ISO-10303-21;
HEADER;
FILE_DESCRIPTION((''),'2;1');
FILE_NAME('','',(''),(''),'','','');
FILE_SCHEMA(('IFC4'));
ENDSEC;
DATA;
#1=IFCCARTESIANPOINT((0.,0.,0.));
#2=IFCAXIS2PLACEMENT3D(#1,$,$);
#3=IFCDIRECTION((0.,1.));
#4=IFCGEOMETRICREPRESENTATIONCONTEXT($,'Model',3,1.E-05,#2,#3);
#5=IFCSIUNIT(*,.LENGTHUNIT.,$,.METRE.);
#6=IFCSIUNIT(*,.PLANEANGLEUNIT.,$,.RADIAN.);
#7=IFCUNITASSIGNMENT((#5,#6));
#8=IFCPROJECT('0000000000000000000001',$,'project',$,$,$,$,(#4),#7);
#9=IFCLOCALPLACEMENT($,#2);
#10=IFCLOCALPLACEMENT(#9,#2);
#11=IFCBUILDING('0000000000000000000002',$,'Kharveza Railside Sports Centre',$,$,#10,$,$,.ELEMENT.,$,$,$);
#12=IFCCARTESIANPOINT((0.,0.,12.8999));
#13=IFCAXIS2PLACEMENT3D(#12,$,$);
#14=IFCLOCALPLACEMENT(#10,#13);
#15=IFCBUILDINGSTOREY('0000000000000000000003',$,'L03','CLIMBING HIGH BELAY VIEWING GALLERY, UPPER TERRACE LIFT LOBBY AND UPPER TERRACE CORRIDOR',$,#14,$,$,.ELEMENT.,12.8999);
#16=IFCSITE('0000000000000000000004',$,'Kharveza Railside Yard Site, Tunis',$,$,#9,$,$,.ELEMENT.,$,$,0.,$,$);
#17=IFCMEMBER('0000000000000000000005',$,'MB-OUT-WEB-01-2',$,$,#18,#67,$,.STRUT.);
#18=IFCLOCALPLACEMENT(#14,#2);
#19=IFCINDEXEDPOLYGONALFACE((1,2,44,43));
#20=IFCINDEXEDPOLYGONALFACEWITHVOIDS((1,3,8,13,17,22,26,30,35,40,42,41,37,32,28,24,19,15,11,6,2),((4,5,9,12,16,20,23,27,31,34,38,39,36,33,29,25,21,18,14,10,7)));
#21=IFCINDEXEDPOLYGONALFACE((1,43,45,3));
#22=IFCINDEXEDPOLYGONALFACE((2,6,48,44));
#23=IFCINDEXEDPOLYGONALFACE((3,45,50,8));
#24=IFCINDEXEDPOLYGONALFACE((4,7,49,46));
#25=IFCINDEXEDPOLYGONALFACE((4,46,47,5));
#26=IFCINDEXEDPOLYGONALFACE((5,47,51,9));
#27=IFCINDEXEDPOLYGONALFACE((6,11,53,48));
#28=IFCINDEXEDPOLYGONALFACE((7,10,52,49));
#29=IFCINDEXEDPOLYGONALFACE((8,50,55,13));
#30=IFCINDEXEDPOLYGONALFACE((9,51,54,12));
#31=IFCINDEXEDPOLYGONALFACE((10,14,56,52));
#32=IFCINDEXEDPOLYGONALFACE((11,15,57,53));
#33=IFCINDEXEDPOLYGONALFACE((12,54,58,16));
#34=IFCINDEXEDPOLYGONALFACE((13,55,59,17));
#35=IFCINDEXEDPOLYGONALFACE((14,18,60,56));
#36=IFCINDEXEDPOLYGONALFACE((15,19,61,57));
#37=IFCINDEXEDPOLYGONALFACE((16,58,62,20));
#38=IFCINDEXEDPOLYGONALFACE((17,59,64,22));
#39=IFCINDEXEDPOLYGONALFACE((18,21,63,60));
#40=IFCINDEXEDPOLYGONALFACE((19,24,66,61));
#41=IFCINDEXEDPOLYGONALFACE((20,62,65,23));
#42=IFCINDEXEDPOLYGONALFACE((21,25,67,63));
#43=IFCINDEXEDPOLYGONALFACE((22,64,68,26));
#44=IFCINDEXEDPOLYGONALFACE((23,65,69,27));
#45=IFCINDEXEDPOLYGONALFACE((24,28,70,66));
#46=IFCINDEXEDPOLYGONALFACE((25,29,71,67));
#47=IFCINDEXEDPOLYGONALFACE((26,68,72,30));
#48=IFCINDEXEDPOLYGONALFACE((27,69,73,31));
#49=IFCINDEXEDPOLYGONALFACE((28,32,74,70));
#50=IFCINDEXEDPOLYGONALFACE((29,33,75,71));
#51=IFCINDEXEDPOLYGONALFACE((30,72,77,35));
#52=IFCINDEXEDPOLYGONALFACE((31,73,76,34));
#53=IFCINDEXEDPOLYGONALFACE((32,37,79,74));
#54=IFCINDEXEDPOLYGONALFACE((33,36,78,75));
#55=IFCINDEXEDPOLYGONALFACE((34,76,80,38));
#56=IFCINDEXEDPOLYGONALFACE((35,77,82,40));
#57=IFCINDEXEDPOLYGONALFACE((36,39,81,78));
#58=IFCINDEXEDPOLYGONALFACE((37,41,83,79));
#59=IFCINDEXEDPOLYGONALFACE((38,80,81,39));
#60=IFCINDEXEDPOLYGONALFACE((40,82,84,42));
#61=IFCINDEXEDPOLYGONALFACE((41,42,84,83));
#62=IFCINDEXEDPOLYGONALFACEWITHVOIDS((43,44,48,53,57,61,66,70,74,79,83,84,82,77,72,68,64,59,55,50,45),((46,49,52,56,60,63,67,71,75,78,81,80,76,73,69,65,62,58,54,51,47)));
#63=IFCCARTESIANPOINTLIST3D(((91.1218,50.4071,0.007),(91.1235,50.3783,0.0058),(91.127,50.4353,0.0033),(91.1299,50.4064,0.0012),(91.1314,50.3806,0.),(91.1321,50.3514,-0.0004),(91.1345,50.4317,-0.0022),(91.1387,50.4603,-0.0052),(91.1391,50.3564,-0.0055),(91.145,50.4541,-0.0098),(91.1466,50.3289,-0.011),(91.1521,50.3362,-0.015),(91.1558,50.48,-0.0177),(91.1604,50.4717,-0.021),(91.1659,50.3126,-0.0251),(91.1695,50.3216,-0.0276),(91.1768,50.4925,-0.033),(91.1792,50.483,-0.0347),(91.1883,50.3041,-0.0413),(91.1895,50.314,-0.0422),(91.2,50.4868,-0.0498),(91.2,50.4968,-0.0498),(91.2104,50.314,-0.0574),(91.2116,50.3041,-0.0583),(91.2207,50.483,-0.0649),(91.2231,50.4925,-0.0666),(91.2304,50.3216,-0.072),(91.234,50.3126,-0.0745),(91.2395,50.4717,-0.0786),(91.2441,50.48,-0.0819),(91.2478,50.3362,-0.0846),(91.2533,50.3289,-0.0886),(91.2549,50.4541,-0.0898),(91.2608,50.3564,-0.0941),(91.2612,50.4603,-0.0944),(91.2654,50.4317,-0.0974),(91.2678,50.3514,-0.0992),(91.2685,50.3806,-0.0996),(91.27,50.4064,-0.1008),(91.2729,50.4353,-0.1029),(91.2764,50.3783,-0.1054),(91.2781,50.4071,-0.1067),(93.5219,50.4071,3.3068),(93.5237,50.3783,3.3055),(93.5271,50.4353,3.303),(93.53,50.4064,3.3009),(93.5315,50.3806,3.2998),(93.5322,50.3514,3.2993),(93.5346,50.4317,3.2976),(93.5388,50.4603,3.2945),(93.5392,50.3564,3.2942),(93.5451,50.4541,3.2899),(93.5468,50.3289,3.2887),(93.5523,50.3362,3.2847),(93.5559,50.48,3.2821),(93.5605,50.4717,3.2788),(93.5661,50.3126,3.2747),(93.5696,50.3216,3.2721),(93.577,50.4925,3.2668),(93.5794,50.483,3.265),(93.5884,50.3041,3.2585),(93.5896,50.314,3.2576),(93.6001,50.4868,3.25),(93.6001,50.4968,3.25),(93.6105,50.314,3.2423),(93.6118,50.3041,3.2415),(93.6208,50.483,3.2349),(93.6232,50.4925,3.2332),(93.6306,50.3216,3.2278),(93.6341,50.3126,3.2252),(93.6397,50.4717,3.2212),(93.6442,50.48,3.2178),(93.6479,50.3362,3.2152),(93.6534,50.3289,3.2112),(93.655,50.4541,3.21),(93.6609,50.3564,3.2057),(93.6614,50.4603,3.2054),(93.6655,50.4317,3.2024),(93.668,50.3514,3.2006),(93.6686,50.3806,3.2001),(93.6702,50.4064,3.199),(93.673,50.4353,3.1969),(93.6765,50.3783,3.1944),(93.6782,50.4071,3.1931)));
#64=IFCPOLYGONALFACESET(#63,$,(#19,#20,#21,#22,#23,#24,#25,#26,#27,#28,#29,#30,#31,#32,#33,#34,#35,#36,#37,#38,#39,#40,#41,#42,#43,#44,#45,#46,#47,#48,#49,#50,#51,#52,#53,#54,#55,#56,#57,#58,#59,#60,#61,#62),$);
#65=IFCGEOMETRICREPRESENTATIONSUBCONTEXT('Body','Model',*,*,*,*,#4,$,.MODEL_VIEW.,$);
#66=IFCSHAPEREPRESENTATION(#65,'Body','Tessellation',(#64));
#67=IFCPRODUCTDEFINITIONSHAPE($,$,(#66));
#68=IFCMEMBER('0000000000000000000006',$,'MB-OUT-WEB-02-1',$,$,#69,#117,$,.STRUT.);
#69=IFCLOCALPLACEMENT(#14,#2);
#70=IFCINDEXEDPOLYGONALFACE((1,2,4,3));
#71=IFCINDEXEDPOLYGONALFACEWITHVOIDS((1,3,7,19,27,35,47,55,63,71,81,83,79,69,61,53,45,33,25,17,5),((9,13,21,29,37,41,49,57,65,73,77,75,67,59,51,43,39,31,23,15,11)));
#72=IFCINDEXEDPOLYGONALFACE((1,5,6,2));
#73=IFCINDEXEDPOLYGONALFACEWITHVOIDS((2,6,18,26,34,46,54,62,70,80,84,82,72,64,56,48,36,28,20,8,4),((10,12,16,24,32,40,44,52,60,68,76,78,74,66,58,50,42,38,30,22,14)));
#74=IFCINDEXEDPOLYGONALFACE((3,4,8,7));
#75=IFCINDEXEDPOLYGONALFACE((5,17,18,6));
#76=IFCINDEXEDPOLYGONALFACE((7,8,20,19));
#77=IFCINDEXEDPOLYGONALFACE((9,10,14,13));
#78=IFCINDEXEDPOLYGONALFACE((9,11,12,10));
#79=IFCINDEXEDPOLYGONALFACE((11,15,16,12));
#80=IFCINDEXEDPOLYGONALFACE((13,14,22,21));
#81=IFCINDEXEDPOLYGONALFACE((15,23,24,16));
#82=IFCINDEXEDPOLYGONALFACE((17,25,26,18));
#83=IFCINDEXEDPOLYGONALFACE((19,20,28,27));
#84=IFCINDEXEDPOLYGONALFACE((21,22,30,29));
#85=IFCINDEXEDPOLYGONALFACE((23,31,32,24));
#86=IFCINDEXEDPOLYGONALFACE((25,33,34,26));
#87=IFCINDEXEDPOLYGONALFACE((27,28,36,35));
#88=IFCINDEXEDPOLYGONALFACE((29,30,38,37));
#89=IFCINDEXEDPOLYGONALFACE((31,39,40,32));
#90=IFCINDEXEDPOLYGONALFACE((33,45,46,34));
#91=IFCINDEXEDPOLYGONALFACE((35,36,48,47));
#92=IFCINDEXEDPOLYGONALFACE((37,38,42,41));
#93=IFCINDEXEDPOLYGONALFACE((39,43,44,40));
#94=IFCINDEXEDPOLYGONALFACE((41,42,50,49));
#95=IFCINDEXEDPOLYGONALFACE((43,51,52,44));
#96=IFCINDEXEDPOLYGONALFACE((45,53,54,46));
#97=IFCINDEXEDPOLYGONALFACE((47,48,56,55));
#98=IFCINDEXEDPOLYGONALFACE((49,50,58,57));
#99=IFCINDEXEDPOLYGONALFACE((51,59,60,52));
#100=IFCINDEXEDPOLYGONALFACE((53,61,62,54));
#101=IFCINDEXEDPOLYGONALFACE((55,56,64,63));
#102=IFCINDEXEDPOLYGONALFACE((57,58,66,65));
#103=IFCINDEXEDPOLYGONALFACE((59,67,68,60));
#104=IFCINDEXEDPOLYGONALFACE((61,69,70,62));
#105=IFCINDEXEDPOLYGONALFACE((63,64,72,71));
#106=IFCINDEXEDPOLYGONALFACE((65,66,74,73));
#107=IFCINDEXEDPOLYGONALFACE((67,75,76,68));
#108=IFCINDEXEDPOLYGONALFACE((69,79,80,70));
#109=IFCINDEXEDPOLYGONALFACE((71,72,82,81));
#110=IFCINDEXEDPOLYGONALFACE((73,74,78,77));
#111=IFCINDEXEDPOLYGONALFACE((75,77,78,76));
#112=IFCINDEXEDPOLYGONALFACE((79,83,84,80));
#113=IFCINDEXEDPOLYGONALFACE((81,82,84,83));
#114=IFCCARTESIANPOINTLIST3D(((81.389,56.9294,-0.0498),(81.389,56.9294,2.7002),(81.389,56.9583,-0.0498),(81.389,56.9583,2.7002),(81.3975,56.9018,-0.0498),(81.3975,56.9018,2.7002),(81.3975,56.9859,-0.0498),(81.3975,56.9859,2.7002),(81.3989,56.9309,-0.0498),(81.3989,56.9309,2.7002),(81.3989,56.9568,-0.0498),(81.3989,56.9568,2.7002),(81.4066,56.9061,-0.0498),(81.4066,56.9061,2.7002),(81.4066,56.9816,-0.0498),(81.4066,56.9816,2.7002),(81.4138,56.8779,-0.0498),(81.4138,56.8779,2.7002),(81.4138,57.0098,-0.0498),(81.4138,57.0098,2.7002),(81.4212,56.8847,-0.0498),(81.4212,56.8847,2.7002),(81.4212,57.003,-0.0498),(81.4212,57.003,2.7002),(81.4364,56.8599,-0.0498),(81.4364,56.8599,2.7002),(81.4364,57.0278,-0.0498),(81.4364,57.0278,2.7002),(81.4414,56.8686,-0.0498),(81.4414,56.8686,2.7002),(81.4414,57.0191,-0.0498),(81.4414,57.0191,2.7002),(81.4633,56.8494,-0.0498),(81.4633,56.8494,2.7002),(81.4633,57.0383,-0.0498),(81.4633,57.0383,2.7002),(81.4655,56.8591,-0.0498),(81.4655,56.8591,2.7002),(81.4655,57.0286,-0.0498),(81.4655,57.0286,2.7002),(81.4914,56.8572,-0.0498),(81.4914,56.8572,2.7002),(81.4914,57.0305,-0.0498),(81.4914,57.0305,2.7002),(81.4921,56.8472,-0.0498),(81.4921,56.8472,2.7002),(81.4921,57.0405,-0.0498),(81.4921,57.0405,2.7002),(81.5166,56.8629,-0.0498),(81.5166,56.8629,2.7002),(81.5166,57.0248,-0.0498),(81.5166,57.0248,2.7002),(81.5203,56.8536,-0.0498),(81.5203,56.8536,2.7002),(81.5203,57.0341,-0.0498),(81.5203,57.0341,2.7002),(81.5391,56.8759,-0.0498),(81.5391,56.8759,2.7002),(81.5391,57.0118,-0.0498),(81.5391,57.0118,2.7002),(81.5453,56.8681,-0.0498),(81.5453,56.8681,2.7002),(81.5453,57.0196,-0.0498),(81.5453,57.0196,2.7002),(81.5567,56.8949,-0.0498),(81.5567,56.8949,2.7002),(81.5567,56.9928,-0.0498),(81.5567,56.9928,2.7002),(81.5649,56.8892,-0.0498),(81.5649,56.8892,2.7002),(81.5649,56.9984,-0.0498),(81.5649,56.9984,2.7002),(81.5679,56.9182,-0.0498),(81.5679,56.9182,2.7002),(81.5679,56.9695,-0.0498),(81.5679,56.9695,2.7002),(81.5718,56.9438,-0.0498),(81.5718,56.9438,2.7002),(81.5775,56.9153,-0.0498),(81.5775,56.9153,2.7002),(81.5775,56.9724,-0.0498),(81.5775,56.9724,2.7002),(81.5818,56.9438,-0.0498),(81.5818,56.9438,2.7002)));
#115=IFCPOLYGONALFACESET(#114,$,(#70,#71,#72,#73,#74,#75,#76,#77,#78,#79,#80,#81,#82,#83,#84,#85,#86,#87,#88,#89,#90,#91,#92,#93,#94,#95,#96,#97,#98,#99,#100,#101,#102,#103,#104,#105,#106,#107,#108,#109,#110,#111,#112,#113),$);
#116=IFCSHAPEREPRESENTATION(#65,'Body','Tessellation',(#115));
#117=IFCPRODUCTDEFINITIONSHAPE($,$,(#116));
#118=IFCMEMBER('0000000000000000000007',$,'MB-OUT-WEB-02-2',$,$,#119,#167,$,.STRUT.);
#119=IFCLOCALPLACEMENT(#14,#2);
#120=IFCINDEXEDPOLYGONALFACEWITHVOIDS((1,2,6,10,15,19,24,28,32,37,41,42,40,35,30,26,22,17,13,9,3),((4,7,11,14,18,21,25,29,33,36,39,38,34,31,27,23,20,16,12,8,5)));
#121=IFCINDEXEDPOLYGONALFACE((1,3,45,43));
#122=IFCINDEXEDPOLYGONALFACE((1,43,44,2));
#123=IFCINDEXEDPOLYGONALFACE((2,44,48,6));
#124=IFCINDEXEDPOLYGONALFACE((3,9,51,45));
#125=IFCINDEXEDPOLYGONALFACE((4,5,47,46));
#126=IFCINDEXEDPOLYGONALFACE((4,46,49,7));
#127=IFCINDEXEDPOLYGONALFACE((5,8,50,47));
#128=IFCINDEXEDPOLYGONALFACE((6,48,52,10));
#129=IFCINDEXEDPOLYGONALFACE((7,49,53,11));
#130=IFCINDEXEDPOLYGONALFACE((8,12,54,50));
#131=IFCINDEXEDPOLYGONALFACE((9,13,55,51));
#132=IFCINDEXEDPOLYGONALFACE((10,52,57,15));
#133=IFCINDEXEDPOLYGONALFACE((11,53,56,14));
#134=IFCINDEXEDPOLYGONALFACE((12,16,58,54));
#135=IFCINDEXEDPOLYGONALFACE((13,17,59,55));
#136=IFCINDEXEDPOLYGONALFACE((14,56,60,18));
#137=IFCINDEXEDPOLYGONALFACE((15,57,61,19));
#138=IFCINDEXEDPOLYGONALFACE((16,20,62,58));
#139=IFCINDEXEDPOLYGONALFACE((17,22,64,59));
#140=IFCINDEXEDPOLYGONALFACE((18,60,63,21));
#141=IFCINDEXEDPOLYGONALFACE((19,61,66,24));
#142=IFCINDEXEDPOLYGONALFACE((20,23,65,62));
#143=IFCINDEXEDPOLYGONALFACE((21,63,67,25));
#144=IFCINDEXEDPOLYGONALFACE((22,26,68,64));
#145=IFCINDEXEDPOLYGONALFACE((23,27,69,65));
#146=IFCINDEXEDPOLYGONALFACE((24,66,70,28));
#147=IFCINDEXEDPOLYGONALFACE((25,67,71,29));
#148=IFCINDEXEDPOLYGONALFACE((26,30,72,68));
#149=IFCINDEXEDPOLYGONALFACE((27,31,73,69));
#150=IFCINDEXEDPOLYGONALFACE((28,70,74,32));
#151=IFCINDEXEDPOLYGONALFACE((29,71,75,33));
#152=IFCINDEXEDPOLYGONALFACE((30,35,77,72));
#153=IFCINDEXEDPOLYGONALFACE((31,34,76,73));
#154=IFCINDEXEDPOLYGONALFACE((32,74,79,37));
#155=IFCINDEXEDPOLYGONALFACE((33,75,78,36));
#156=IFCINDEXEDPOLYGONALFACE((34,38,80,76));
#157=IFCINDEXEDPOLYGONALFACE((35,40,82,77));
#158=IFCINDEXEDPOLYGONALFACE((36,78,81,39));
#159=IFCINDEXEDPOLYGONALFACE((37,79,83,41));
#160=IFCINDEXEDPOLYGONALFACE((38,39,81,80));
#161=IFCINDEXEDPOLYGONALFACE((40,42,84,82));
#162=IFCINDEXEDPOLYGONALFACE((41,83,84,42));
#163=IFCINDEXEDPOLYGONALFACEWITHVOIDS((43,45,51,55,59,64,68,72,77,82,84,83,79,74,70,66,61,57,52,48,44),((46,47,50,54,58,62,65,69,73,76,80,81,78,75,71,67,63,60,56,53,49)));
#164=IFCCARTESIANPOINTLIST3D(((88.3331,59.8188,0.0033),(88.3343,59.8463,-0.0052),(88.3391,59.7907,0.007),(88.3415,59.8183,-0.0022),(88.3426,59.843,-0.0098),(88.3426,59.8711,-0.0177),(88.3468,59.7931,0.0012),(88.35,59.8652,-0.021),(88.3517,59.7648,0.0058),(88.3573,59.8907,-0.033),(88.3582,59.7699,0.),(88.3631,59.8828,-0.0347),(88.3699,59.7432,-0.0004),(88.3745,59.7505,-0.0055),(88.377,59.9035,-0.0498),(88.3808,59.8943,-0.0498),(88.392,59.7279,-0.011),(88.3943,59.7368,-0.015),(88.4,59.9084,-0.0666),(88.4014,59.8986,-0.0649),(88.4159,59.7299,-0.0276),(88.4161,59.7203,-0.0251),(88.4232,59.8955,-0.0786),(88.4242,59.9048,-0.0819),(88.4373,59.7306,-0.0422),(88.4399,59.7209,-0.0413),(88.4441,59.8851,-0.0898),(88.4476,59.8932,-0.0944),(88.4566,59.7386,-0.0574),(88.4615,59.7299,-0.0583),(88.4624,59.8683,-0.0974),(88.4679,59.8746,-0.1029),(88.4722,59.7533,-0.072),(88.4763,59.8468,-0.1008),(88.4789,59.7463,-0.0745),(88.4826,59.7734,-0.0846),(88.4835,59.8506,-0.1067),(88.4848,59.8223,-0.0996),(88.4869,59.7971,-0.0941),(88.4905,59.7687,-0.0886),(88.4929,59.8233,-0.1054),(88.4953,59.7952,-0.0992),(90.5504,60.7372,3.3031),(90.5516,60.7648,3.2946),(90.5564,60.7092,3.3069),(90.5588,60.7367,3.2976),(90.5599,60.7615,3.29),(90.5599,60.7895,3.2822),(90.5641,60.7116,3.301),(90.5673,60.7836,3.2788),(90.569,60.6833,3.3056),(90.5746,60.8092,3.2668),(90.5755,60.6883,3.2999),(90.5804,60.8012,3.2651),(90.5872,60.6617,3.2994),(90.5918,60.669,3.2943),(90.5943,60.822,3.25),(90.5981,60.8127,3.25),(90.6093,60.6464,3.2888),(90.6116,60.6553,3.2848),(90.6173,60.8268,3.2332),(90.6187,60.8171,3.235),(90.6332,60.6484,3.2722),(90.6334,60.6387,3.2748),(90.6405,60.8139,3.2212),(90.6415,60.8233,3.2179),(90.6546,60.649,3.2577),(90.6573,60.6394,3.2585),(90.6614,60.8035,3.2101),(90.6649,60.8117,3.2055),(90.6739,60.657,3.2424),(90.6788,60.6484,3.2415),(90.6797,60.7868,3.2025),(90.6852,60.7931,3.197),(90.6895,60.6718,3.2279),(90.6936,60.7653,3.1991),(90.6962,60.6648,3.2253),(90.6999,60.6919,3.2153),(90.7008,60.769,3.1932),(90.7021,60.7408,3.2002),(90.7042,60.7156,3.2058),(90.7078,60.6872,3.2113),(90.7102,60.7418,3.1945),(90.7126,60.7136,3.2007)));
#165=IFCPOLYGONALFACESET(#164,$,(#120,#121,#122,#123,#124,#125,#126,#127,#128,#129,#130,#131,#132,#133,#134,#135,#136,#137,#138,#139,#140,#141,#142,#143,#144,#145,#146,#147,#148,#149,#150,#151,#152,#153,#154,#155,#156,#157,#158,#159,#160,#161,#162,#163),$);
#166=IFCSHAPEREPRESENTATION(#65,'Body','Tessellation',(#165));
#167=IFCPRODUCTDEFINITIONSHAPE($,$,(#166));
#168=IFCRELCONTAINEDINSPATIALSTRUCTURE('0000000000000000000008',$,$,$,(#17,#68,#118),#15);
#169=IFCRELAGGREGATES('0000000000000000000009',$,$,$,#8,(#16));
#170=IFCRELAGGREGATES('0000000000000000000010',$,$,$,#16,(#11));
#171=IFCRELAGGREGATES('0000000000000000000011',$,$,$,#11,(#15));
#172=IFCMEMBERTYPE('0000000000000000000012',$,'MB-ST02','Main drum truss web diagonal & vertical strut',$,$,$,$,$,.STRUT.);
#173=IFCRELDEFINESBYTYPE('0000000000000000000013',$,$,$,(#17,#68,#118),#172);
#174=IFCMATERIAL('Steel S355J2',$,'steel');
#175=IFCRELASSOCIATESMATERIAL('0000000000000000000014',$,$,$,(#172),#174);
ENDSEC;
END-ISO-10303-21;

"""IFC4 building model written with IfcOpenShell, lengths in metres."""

from ifc_helpers import new_model, si_unit, direction, frame, origin, origin_2d, place, context, subcontext, project, spatial, hollow_circle, extrude, material, material_profile, profile_set, type_object, element, save


model = new_model("IFC4")

# Units and contexts
model_context = context("Model", 3, precision=1e-05, world=origin(), true_north=direction((0.0, 1.0)))
body_context = subcontext(model_context, "Body", "Model", "MODEL_VIEW")
ifc_project = project(units=[si_unit("LENGTHUNIT", "METRE"), si_unit("PLANEANGLEUNIT", "RADIAN")], contexts=[model_context])

# Site, building, storey
site_placement = place(None, origin())
site = spatial("IfcSite", under=ifc_project, at=site_placement, Name="Kharveza Railside Yard Site, Tunis", CompositionType="ELEMENT", RefElevation=0.0)
building_placement = place(site_placement, origin())
building = spatial("IfcBuilding", under=site, at=building_placement, Name="Kharveza Railside Sports Centre", CompositionType="ELEMENT")
storey_placement = place(building_placement, frame((0.0, 0.0, 12.8999)))
storey = spatial("IfcBuildingStorey", under=building, at=storey_placement, Name="L03", Description="CLIMBING HIGH BELAY VIEWING GALLERY, UPPER TERRACE LIFT LOBBY AND UPPER TERRACE CORRIDOR", CompositionType="ELEMENT", Elevation=12.8999)

# Shared definitions
ifc_material_1 = material(Name="Steel S355J2", Category="steel")

# Members
ifc_material_profile_1 = material_profile(ifc_material_1, hollow_circle(Radius=0.0969, WallThickness=0.01, at=origin_2d()), Name="CHS 193.7x10.0")
ifc_profile_set_1 = profile_set([ifc_material_profile_1], Name="Steel S355J2")
member_type_1 = type_object("IfcMemberType", Name="MB-ST02", Description="Main drum truss web diagonal & vertical strut", PredefinedType="STRUT", material=ifc_profile_set_1)
member_1_placement = place(storey_placement, frame((91.2, 50.3999, -0.0498), z_axis=(0.588218, 0.0, 0.808702), x_axis=(0.0, 1.0, 0.0)))
element("IfcMember", 1, at=member_1_placement, inside=storey, type_object=member_type_1, Name="MB-OUT-WEB-01-2", PredefinedType="STRUT", context=body_context, shape_type="SweptSolid", body=[
    extrude(hollow_circle(Radius=0.0969, WallThickness=0.01, at=origin_2d()), origin(), (0.0, 0.0, 1.0), 4.0803),
])
member_2_placement = place(storey_placement, frame((81.4849, 56.9438, -0.0498), z_axis=(0.0, 0.0, 1.0), x_axis=(1.0, 0.0, 0.0)))
element("IfcMember", 2, at=member_2_placement, inside=storey, type_object=member_type_1, Name="MB-OUT-WEB-02-1", PredefinedType="STRUT", context=body_context, shape_type="SweptSolid", body=[
    extrude(hollow_circle(Radius=0.0969, WallThickness=0.01, at=origin_2d()), origin(), (0.0, 0.0, 1.0), 2.75),
])
member_3_placement = place(storey_placement, frame((88.4141, 59.814, -0.0498), z_axis=(0.543416, 0.225097, 0.808722), x_axis=(-0.382693, 0.923875, 0.0)))
element("IfcMember", 3, at=member_3_placement, inside=storey, type_object=member_type_1, Name="MB-OUT-WEB-02-2", PredefinedType="STRUT", context=body_context, shape_type="SweptSolid", body=[
    extrude(hollow_circle(Radius=0.0969, WallThickness=0.01, at=origin_2d()), origin(), (0.0, 0.0, 1.0), 4.0803),
])

save(model, "model.ifc")
